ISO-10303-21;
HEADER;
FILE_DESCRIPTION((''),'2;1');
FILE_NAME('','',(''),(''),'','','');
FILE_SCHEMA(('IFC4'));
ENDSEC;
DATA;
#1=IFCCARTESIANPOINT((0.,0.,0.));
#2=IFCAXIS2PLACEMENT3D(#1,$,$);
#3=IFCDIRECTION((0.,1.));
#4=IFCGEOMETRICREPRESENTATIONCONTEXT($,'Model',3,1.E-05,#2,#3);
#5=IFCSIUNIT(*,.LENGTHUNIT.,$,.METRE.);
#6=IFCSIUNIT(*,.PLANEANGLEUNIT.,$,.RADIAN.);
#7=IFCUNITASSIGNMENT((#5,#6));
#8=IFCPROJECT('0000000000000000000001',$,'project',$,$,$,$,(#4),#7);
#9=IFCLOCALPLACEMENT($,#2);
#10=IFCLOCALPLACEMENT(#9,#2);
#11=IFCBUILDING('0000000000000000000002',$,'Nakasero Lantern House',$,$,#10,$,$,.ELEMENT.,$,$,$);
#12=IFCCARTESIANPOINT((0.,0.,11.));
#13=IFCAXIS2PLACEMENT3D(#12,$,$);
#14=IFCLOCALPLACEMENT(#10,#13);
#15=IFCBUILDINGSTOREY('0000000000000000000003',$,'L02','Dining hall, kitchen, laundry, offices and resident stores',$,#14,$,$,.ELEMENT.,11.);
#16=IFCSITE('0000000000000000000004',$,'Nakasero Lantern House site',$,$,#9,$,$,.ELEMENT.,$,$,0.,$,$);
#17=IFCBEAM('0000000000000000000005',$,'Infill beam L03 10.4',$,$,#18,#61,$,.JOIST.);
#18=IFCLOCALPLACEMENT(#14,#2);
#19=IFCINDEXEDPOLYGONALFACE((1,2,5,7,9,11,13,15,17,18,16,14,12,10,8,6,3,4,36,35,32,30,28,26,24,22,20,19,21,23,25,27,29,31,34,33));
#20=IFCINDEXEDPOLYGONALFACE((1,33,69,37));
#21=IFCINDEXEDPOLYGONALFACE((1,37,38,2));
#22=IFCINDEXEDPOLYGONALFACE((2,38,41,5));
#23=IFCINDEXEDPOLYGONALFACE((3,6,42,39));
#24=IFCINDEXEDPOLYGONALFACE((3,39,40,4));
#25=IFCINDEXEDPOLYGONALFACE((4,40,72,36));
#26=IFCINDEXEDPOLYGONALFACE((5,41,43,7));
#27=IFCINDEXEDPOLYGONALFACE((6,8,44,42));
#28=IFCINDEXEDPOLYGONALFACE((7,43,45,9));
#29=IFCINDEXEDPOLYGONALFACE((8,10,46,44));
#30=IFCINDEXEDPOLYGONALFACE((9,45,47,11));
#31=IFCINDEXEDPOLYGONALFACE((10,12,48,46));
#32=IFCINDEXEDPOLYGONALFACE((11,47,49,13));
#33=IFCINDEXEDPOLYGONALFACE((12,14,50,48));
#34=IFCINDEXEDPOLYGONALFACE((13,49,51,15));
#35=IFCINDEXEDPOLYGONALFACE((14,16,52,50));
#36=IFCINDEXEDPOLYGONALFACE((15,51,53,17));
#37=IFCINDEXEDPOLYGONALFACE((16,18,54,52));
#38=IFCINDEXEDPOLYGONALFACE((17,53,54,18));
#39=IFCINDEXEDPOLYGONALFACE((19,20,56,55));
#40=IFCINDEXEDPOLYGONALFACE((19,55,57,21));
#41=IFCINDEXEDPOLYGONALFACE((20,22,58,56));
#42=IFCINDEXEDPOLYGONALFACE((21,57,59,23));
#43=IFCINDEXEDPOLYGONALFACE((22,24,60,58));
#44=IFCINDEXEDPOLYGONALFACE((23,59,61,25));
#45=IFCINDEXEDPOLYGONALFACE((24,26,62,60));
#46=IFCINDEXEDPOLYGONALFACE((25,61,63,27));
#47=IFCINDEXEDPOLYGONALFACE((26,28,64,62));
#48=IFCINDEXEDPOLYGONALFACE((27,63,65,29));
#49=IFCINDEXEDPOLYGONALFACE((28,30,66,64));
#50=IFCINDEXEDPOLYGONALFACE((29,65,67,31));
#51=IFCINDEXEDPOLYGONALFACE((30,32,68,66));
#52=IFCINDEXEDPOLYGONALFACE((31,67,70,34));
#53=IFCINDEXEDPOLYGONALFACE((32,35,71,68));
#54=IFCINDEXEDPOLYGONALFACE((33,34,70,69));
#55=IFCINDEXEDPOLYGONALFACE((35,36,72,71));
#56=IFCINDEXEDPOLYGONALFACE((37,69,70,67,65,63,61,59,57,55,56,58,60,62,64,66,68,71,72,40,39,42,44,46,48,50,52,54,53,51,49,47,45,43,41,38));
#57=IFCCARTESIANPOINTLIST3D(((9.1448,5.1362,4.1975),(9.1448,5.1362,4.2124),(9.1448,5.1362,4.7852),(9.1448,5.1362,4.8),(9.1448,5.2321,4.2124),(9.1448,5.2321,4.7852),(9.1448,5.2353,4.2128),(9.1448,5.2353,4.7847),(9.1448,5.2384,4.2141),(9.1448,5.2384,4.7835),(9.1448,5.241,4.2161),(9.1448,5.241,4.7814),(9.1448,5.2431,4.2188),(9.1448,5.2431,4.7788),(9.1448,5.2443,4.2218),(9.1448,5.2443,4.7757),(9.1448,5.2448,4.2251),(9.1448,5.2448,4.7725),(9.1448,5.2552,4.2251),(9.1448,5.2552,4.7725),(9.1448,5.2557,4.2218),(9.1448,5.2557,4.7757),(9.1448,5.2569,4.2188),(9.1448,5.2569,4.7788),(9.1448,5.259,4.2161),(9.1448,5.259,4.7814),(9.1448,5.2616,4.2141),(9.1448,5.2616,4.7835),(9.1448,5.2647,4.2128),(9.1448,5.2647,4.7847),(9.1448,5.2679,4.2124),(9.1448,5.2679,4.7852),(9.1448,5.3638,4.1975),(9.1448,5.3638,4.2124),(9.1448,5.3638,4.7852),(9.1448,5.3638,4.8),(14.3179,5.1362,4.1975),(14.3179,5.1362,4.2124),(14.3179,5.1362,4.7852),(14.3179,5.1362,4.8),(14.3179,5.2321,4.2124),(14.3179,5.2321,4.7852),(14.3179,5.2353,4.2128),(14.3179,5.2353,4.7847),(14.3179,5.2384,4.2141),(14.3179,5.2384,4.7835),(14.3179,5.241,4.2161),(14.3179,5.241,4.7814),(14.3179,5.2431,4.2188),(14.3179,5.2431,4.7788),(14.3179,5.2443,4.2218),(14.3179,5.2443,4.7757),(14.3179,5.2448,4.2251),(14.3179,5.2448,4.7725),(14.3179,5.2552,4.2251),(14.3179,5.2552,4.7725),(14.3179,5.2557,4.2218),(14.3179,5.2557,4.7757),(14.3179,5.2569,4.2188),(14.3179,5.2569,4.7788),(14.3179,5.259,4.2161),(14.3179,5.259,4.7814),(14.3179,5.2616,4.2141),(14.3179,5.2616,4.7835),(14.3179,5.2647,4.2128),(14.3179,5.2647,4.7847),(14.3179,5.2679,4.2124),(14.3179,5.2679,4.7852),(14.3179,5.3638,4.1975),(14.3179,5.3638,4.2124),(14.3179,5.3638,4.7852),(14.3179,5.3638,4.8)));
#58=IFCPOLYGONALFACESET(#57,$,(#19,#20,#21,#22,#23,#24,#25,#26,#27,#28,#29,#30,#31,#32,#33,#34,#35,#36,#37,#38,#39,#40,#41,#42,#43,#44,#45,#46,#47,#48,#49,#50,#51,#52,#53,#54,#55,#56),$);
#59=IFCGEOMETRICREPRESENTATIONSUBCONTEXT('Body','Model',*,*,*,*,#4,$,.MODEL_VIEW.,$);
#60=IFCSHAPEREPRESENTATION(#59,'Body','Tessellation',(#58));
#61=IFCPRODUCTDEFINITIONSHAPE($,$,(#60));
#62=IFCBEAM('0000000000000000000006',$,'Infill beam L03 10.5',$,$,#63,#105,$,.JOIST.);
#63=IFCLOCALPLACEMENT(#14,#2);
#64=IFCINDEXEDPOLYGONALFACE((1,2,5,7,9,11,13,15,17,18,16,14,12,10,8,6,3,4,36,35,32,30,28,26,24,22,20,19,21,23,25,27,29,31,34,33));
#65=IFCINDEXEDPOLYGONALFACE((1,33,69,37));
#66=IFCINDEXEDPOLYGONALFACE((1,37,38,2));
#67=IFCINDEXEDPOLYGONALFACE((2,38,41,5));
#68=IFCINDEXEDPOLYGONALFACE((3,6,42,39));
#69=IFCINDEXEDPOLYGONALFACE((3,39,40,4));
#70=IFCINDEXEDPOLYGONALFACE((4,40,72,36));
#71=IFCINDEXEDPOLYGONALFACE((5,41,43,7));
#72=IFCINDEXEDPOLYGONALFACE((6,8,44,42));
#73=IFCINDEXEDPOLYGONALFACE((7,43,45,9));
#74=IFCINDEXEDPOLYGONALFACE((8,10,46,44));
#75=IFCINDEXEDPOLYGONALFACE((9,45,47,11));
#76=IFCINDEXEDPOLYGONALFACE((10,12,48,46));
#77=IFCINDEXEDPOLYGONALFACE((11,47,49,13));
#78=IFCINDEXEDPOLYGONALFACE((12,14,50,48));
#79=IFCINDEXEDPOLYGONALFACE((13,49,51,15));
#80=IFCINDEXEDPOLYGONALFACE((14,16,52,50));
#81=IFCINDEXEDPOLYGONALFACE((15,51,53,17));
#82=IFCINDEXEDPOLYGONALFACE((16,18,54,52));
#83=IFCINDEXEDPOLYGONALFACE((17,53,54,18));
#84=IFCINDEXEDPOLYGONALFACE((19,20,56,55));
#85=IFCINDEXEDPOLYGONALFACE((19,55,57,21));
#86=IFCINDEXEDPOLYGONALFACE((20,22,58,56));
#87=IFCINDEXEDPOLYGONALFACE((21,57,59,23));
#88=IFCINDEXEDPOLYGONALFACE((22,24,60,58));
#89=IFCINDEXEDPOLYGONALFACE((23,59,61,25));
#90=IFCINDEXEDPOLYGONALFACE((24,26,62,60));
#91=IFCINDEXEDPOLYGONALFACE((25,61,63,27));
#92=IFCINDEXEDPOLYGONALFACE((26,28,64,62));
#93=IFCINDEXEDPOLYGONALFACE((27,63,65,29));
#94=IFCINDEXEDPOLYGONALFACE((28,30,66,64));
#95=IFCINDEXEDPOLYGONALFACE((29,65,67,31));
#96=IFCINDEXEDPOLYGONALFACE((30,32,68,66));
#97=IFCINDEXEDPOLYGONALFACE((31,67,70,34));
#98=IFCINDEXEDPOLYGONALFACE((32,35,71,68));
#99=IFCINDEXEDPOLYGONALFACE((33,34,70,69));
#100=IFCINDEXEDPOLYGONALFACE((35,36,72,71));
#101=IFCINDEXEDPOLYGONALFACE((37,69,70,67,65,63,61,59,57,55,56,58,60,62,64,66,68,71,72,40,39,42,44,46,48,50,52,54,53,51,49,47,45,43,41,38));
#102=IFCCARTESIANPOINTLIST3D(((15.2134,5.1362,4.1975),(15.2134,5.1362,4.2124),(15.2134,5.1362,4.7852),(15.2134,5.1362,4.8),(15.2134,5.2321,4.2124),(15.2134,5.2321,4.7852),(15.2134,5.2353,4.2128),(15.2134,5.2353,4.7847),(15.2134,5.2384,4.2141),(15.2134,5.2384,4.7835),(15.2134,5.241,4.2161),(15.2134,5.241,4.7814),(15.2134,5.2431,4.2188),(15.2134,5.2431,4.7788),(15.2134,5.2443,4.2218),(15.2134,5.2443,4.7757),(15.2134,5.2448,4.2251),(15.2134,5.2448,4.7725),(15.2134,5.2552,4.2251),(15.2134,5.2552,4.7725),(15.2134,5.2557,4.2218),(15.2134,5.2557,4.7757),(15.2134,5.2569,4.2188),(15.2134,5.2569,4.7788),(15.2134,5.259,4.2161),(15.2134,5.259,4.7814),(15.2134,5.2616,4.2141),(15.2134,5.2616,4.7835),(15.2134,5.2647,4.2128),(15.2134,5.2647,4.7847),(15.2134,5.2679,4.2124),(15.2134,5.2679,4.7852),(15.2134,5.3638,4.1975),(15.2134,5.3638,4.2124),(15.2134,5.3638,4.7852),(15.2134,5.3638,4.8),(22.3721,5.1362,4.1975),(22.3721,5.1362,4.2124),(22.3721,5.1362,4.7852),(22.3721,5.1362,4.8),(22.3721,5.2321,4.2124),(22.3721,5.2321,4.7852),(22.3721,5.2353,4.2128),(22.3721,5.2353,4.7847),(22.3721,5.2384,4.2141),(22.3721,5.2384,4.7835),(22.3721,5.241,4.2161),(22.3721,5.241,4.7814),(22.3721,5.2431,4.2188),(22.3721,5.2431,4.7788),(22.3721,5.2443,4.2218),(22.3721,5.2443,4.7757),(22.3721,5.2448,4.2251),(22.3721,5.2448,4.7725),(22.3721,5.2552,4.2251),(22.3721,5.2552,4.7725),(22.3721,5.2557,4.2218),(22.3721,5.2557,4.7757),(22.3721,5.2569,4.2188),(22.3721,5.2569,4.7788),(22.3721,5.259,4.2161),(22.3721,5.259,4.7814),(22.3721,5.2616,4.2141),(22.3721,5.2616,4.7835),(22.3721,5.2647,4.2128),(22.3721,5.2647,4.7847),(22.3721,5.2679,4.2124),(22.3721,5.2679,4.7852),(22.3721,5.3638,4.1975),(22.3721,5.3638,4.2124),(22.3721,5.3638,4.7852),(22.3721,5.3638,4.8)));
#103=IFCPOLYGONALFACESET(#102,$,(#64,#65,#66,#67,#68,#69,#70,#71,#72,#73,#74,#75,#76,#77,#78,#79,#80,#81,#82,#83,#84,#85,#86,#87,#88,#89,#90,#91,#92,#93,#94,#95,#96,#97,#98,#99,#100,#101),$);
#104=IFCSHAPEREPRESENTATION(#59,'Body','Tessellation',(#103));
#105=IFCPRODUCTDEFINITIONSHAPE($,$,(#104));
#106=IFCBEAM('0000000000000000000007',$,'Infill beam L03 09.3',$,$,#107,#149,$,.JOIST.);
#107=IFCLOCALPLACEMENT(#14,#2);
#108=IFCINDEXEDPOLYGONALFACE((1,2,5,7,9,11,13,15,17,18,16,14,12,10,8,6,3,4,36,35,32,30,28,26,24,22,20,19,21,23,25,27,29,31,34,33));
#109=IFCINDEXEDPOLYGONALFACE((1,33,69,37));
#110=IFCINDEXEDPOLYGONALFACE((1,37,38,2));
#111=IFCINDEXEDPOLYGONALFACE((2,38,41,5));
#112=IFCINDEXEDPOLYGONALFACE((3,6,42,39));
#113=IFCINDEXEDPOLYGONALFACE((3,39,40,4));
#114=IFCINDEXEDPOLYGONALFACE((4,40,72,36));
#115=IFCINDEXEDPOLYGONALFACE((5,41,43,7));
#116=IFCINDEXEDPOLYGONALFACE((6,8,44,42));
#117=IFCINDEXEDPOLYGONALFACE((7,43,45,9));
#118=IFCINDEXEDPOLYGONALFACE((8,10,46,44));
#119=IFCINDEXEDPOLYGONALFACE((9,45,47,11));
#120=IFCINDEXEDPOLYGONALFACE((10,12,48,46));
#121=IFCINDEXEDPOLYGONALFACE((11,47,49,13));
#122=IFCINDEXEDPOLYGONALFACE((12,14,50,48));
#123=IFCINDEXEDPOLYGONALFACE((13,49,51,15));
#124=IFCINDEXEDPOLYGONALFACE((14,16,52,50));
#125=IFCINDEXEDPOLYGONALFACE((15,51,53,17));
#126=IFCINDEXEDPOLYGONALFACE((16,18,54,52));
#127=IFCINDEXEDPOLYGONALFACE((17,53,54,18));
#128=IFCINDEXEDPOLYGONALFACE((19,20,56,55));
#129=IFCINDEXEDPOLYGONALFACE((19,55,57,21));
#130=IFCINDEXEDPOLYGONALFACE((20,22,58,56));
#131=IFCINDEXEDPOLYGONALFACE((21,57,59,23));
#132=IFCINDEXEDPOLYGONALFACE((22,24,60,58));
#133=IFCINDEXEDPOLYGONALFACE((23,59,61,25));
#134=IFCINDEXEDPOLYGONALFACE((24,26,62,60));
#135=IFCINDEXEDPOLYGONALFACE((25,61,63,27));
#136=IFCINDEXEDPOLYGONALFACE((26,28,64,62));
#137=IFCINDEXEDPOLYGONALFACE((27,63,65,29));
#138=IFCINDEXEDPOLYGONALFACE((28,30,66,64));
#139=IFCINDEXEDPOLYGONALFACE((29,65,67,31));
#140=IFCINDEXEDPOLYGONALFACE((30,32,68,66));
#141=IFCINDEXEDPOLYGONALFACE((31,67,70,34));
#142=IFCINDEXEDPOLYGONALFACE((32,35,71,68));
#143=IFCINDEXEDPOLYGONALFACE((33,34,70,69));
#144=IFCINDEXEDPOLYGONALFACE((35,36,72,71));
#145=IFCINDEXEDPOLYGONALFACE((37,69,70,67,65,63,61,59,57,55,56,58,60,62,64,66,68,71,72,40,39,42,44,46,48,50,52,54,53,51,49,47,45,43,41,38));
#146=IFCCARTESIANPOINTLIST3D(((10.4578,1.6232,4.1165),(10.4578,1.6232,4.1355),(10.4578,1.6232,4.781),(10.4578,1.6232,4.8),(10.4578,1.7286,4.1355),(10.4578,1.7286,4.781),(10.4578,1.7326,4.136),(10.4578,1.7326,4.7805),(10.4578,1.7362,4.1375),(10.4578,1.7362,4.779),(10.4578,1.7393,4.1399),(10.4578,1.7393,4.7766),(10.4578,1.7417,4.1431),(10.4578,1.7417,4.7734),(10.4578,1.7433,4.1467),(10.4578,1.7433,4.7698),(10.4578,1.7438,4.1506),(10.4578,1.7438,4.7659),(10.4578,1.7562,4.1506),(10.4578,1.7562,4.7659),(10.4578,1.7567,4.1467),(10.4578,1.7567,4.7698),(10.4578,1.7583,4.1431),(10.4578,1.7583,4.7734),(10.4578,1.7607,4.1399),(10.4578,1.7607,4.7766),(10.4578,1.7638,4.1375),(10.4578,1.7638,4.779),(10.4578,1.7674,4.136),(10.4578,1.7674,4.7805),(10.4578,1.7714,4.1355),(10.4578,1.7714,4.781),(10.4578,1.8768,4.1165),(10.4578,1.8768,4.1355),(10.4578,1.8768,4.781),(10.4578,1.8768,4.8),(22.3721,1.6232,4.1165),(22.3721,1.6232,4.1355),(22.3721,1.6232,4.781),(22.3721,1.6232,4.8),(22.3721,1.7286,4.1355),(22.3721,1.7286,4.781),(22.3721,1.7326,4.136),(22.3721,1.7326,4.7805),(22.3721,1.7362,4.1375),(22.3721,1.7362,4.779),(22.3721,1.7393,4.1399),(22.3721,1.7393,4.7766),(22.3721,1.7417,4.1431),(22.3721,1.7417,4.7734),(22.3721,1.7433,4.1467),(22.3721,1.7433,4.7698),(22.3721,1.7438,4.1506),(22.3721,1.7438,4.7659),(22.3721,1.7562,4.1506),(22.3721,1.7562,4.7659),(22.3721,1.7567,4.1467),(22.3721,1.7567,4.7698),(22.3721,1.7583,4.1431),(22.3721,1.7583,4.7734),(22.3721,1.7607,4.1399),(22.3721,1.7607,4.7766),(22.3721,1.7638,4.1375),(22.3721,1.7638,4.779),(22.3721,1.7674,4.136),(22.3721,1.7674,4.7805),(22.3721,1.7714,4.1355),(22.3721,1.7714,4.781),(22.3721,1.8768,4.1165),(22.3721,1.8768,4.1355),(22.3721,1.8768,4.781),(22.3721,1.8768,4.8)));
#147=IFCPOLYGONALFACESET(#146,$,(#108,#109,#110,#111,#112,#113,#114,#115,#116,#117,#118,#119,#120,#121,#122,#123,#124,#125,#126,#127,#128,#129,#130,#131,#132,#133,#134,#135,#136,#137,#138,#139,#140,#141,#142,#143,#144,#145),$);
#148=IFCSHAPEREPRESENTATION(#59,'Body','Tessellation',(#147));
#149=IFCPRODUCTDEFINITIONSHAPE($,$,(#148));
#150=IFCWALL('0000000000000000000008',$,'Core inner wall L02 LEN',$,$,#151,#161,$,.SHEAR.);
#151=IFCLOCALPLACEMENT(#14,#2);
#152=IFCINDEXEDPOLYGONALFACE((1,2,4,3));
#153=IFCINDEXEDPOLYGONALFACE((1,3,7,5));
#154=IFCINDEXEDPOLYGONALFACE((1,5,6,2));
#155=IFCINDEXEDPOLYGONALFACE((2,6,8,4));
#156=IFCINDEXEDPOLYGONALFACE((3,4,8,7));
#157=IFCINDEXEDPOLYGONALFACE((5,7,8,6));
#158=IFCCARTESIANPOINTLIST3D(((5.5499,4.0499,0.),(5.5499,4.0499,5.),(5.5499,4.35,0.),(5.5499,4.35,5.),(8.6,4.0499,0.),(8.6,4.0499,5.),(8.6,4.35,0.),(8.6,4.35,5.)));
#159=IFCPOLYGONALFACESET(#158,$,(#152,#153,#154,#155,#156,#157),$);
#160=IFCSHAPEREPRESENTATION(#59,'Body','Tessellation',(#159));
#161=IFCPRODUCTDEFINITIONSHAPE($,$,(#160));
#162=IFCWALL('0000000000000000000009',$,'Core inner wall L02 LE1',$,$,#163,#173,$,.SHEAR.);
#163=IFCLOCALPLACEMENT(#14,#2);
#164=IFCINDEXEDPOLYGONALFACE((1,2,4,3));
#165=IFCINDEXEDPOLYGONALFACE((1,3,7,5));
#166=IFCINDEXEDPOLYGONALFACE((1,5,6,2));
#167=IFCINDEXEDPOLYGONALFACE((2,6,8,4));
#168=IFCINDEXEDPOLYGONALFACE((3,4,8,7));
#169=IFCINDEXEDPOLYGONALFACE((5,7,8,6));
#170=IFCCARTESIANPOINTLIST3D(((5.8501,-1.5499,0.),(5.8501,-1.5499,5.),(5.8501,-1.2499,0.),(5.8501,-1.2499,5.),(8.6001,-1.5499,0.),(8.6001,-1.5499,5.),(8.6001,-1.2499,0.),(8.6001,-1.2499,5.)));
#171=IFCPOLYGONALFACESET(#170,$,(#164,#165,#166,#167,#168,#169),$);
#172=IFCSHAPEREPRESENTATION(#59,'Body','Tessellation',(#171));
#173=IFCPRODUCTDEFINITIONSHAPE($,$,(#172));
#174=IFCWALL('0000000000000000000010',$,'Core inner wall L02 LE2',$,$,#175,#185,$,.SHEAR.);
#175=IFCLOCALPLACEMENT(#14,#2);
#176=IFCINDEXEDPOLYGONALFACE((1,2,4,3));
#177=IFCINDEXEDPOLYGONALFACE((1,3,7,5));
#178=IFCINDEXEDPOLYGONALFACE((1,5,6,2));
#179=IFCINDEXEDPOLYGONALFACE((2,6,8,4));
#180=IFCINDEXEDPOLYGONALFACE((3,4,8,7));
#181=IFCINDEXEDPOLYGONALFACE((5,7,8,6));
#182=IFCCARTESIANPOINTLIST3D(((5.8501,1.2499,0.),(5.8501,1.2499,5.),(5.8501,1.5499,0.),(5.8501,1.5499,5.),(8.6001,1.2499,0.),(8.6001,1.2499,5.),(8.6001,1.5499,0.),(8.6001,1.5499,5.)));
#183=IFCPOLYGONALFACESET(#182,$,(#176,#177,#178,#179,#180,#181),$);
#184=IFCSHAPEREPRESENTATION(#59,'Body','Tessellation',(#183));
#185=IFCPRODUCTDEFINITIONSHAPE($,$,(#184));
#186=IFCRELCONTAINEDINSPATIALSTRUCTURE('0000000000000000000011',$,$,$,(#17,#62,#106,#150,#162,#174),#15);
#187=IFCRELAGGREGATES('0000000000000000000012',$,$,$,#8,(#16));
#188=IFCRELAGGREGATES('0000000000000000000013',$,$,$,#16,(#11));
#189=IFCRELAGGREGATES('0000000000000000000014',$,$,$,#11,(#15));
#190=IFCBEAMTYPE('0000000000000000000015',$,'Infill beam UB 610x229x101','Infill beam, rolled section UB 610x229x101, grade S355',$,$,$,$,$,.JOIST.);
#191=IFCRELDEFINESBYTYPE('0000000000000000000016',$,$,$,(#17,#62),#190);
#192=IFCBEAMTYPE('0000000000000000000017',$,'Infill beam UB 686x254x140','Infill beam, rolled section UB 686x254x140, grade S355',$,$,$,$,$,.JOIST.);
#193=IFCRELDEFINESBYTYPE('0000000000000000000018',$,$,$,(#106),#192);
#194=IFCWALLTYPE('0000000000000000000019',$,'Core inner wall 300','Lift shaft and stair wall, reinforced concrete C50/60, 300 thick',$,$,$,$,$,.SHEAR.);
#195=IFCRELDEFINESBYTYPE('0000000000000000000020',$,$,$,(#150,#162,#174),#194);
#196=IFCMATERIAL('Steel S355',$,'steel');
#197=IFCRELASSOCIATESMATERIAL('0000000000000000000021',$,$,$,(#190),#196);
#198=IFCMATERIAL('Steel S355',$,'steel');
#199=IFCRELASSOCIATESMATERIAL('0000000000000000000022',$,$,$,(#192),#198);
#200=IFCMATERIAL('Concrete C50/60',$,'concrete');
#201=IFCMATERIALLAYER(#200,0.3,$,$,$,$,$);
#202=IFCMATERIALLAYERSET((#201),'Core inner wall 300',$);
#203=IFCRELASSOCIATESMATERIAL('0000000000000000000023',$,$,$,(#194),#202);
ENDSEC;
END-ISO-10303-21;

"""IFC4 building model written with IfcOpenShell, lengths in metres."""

from ifc_helpers import new_model, si_unit, direction, frame, frame_2d, origin, origin_2d, place, context, subcontext, project, spatial, rectangle, i_section, extrude, material, layer, layer_set, material_profile, profile_set, type_object, element, save


model = new_model("IFC4")

# Units and contexts
model_context = context("Model", 3, precision=1e-05, world=origin(), true_north=direction((0.0, 1.0)))
body_context = subcontext(model_context, "Body", "Model", "MODEL_VIEW")
ifc_project = project(units=[si_unit("LENGTHUNIT", "METRE"), si_unit("PLANEANGLEUNIT", "RADIAN")], contexts=[model_context])

# Site, building, storey
site_placement = place(None, origin())
site = spatial("IfcSite", under=ifc_project, at=site_placement, Name="Nakasero Lantern House site", CompositionType="ELEMENT", RefElevation=0.0)
building_placement = place(site_placement, origin())
building = spatial("IfcBuilding", under=site, at=building_placement, Name="Nakasero Lantern House", CompositionType="ELEMENT")
storey_placement = place(building_placement, frame((0.0, 0.0, 11.0)))
storey = spatial("IfcBuildingStorey", under=building, at=storey_placement, Name="L02", Description="Dining hall, kitchen, laundry, offices and resident stores", CompositionType="ELEMENT", Elevation=11.0)

# Beams
ifc_material_1 = material(Name="Steel S355", Category="steel")
ifc_material_profile_1 = material_profile(ifc_material_1, i_section(OverallWidth=0.2275, OverallDepth=0.6025, WebThickness=0.0105, FlangeThickness=0.0149, FilletRadius=0.0127, at=origin_2d()), Name="UB 610x229x101")
ifc_profile_set_1 = profile_set([ifc_material_profile_1], Name="Steel S355")
beam_type_1 = type_object("IfcBeamType", Name="Infill beam UB 610x229x101", Description="Infill beam, rolled section UB 610x229x101, grade S355", PredefinedType="JOIST", material=ifc_profile_set_1)
beam_1_placement = place(storey_placement, frame((9.1448, 5.25, 4.4988), z_axis=(1.0, 0.0, 0.0), x_axis=(0.0, 1.0, 0.0)))
element("IfcBeam", 1, at=beam_1_placement, inside=storey, type_object=beam_type_1, Name="Infill beam L03 10.4", PredefinedType="JOIST", context=body_context, shape_type="SweptSolid", body=[
    extrude(i_section(OverallWidth=0.2275, OverallDepth=0.6025, WebThickness=0.0105, FlangeThickness=0.0149, FilletRadius=0.0127, at=origin_2d()), origin(), (0.0, 0.0, 1.0), 5.1731),
])
beam_2_placement = place(storey_placement, frame((15.2134, 5.25, 4.4988), z_axis=(1.0, 0.0, 0.0), x_axis=(0.0, 1.0, 0.0)))
element("IfcBeam", 2, at=beam_2_placement, inside=storey, type_object=beam_type_1, Name="Infill beam L03 10.5", PredefinedType="JOIST", context=body_context, shape_type="SweptSolid", body=[
    extrude(i_section(OverallWidth=0.2275, OverallDepth=0.6025, WebThickness=0.0105, FlangeThickness=0.0149, FilletRadius=0.0127, at=origin_2d()), origin(), (0.0, 0.0, 1.0), 7.1587),
])
ifc_material_2 = material(Name="Steel S355", Category="steel")
ifc_material_profile_2 = material_profile(ifc_material_2, i_section(OverallWidth=0.2537, OverallDepth=0.6836, WebThickness=0.0125, FlangeThickness=0.019, FilletRadius=0.0151, at=origin_2d()), Name="UB 686x254x140")
ifc_profile_set_2 = profile_set([ifc_material_profile_2], Name="Steel S355")
beam_type_2 = type_object("IfcBeamType", Name="Infill beam UB 686x254x140", Description="Infill beam, rolled section UB 686x254x140, grade S355", PredefinedType="JOIST", material=ifc_profile_set_2)
beam_3_placement = place(storey_placement, frame((10.4578, 1.75, 4.4583), z_axis=(1.0, 0.0, 0.0), x_axis=(0.0, 1.0, 0.0)))
element("IfcBeam", 3, at=beam_3_placement, inside=storey, type_object=beam_type_2, Name="Infill beam L03 09.3", PredefinedType="JOIST", context=body_context, shape_type="SweptSolid", body=[
    extrude(i_section(OverallWidth=0.2537, OverallDepth=0.6836, WebThickness=0.0125, FlangeThickness=0.019, FilletRadius=0.0151, at=origin_2d()), origin(), (0.0, 0.0, 1.0), 11.9143),
])

# Walls
ifc_material_3 = material(Name="Concrete C50/60", Category="concrete")
ifc_layer_1 = layer(ifc_material_3, 0.3)
ifc_layer_set_1 = layer_set([ifc_layer_1], Name="Core inner wall 300")
wall_type_1 = type_object("IfcWallType", Name="Core inner wall 300", Description="Lift shaft and stair wall, reinforced concrete C50/60, 300 thick", PredefinedType="SHEAR", material=ifc_layer_set_1)
wall_1_placement = place(storey_placement, frame((5.55, 4.2, 0.0), z_axis=(0.0, 0.0, 1.0), x_axis=(1.0, 0.0, 0.0)))
element("IfcWall", 4, at=wall_1_placement, inside=storey, type_object=wall_type_1, Name="Core inner wall L02 LEN", PredefinedType="SHEAR", context=body_context, shape_type="SweptSolid", body=[
    extrude(rectangle(XDim=3.05, YDim=0.3, at=frame_2d((1.5249, 0.0))), origin(), (0.0, 0.0, 1.0), 5.0),
])
for number, where, z_axis, x_axis, name in (
    (5, (5.8501, -1.3999, 0.0), (0.0, 0.0, 1.0), (1.0, 0.0, 0.0), "Core inner wall L02 LE1"),
    (6, (5.8501, 1.3999, 0.0), (0.0, 0.0, 1.0), (1.0, 0.0, 0.0), "Core inner wall L02 LE2"),
):
    element("IfcWall", number, at=place(storey_placement, frame(where, z_axis=z_axis, x_axis=x_axis)), inside=storey, type_object=wall_type_1, Name=name, PredefinedType="SHEAR", context=body_context, shape_type="SweptSolid", body=[
        extrude(rectangle(XDim=2.75, YDim=0.3, at=frame_2d((1.375, 0.0))), origin(), (0.0, 0.0, 1.0), 5.0),
    ])

save(model, "model.ifc")
